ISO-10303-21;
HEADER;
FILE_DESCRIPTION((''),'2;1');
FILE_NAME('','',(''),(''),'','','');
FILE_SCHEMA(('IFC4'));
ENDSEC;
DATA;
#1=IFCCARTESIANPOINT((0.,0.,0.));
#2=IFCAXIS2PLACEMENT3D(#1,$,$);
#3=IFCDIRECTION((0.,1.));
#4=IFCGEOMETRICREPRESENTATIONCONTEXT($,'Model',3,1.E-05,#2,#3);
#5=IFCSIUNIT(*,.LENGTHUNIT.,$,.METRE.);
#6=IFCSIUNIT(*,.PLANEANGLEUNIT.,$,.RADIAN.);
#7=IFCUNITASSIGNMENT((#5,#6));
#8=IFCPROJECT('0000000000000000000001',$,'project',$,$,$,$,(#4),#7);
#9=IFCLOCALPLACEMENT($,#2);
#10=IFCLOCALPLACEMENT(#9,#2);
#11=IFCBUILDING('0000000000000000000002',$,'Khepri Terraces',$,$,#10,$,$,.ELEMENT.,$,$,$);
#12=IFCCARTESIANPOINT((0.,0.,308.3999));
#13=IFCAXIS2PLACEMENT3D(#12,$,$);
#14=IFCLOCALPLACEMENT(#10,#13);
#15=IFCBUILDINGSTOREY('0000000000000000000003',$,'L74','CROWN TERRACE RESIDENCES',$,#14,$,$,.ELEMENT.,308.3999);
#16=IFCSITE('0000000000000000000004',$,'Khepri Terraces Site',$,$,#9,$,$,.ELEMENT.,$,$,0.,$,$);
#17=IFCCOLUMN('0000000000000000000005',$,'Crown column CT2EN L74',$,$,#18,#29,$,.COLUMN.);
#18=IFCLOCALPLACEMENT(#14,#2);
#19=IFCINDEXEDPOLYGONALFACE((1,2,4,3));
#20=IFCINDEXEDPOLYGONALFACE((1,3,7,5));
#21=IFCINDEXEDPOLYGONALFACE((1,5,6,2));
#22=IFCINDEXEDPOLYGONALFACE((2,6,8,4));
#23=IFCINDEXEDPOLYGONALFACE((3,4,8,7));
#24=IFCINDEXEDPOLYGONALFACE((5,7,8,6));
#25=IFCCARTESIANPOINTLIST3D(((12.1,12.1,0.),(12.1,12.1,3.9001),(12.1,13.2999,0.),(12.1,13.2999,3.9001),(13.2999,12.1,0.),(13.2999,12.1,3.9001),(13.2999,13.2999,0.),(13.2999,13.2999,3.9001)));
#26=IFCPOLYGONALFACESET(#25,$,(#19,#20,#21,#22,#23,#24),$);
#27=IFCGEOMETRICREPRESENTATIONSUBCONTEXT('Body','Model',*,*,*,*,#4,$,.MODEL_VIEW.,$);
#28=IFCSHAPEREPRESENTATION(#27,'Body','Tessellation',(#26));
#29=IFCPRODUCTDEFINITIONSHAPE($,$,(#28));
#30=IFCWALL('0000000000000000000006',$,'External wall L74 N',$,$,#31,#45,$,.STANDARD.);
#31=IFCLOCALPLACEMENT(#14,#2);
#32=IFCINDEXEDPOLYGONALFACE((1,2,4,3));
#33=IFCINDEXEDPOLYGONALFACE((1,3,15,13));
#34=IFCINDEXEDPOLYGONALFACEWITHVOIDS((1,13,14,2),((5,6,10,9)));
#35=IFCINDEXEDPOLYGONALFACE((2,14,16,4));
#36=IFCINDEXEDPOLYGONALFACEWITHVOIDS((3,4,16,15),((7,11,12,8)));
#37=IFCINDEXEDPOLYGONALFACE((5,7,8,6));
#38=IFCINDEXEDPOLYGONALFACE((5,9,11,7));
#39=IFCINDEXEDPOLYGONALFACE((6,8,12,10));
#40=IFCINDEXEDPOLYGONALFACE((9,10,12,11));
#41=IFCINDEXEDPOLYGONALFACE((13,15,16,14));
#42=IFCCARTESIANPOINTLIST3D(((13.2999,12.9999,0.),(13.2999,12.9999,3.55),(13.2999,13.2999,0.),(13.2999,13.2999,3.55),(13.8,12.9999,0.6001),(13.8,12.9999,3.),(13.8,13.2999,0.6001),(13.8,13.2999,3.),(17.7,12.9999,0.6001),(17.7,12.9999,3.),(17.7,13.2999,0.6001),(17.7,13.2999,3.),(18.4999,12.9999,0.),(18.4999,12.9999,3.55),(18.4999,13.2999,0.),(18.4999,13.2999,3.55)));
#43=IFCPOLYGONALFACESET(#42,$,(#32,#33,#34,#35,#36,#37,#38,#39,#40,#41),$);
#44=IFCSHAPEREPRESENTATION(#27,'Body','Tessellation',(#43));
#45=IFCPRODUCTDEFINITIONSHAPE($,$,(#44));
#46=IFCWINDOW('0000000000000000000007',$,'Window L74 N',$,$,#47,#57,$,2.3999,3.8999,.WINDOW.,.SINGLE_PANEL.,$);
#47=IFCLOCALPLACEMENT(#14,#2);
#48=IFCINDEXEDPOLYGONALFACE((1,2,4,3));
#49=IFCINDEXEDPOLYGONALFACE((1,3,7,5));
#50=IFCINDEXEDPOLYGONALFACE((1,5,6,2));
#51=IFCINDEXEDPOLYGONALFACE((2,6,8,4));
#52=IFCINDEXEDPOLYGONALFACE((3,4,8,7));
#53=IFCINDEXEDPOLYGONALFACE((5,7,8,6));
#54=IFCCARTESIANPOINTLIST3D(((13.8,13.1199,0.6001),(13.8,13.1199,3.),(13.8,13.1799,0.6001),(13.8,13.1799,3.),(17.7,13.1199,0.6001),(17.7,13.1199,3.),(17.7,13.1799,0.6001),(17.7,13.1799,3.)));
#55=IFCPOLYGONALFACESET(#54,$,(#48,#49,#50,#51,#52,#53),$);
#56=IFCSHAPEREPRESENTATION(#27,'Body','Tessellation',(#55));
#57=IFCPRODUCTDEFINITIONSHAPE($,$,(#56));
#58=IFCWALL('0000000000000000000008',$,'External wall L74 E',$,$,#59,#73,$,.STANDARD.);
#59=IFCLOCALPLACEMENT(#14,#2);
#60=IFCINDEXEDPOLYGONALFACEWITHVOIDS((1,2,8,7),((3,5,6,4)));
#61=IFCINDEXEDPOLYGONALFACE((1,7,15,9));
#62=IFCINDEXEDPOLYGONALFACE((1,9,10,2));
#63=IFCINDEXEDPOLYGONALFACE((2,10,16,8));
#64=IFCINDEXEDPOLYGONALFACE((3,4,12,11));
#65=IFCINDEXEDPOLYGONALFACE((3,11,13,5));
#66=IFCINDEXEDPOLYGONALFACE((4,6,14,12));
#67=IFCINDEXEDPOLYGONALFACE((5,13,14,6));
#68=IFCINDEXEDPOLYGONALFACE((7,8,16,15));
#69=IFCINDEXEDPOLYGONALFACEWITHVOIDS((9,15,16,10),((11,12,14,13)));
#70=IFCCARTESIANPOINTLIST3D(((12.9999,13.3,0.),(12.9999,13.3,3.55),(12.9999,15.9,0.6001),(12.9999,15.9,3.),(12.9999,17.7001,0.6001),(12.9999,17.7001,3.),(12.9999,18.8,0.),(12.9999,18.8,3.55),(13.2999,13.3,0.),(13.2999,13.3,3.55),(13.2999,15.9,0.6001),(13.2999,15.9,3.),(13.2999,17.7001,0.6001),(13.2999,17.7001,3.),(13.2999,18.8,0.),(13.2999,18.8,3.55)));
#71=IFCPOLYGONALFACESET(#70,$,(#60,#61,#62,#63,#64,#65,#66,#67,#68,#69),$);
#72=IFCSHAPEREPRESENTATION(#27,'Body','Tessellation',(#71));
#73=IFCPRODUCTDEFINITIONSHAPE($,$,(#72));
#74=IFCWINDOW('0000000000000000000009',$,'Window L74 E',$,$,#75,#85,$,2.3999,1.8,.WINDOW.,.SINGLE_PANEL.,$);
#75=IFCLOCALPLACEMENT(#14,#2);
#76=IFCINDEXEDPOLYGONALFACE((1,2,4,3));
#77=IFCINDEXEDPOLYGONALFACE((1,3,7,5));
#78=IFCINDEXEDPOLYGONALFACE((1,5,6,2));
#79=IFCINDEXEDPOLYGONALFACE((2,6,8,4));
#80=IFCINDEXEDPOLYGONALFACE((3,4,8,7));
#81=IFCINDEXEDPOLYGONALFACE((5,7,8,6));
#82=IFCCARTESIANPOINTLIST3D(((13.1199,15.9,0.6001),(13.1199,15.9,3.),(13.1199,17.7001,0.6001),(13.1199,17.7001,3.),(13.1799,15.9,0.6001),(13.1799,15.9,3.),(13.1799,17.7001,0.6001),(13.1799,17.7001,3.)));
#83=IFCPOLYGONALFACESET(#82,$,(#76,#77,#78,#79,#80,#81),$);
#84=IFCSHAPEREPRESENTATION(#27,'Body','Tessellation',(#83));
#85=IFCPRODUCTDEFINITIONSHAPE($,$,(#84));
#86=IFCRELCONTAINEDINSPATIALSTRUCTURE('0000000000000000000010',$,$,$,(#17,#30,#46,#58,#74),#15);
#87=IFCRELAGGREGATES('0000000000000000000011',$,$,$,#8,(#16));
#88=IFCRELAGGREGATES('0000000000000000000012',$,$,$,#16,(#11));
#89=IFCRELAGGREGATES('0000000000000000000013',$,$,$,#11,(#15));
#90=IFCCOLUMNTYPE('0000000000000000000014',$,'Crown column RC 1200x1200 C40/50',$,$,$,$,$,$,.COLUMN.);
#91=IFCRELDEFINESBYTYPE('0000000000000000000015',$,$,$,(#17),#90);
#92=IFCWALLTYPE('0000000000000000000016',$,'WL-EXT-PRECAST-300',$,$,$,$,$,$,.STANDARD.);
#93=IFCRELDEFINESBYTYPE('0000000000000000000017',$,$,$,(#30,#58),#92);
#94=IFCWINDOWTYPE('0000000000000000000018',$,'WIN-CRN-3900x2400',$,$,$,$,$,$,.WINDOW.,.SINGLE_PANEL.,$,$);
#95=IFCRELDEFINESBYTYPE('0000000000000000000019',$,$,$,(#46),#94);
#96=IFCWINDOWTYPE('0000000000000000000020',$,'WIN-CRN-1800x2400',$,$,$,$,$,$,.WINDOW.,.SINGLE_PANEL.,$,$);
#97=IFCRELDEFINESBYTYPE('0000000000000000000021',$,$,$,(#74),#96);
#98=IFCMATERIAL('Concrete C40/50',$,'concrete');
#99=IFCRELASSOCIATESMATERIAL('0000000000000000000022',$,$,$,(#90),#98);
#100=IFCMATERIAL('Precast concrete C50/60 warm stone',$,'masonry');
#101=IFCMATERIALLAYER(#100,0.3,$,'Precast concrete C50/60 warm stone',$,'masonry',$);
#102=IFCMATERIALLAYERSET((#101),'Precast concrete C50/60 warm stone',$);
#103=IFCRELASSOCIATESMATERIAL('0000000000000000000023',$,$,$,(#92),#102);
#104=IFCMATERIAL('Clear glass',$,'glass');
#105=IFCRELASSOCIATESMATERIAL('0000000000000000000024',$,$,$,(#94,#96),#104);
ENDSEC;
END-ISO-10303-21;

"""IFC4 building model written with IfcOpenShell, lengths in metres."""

from ifc_helpers import new_model, si_unit, direction, frame, frame_2d, origin, origin_2d, place, context, subcontext, project, spatial, rectangle, extrude, material, layer, layer_set, material_profile, profile_set, type_object, element, fill, save


model = new_model("IFC4")

# Units and contexts
model_context = context("Model", 3, precision=1e-05, world=origin(), true_north=direction((0.0, 1.0)))
body_context = subcontext(model_context, "Body", "Model", "MODEL_VIEW")
ifc_project = project(units=[si_unit("LENGTHUNIT", "METRE"), si_unit("PLANEANGLEUNIT", "RADIAN")], contexts=[model_context])

# Site, building, storey
site_placement = place(None, origin())
site = spatial("IfcSite", under=ifc_project, at=site_placement, Name="Khepri Terraces Site", CompositionType="ELEMENT", RefElevation=0.0)
building_placement = place(site_placement, origin())
building = spatial("IfcBuilding", under=site, at=building_placement, Name="Khepri Terraces", CompositionType="ELEMENT")
storey_placement = place(building_placement, frame((0.0, 0.0, 308.3999)))
storey = spatial("IfcBuildingStorey", under=building, at=storey_placement, Name="L74", Description="CROWN TERRACE RESIDENCES", CompositionType="ELEMENT", Elevation=308.3999)

# Column
ifc_material_1 = material(Name="Concrete C40/50", Category="concrete")
ifc_material_profile = material_profile(ifc_material_1, rectangle(XDim=1.2, YDim=1.2, at=origin_2d()), Name="Concrete C40/50", Category="concrete")
ifc_profile_set = profile_set([ifc_material_profile], Name="Concrete C40/50")
column_type = type_object("IfcColumnType", Name="Crown column RC 1200x1200 C40/50", PredefinedType="COLUMN", material=ifc_profile_set)
column_placement = place(storey_placement, frame((12.7, 12.7, 0.0), z_axis=(0.0, 0.0, 1.0), x_axis=(1.0, 0.0, 0.0)))
element("IfcColumn", 1, at=column_placement, inside=storey, type_object=column_type, Name="Crown column CT2EN L74", PredefinedType="COLUMN", context=body_context, shape_type="SweptSolid", body=[
    extrude(rectangle(XDim=1.2, YDim=1.2, at=origin_2d()), origin(), (0.0, 0.0, 1.0), 3.9001),
])

# Walls, openings, windows
ifc_material_2 = material(Name="Precast concrete C50/60 warm stone", Category="masonry")
ifc_layer_1 = layer(ifc_material_2, 0.3, Name="Precast concrete C50/60 warm stone", Category="masonry")
ifc_layer_set_1 = layer_set([ifc_layer_1], Name="Precast concrete C50/60 warm stone")
wall_type_1 = type_object("IfcWallType", Name="WL-EXT-PRECAST-300", PredefinedType="STANDARD", material=ifc_layer_set_1)
wall_1_placement = place(storey_placement, frame((18.5, 13.1499, 0.0), z_axis=(0.0, 0.0, 1.0), x_axis=(-1.0, 0.0, 0.0)))
wall_1 = element("IfcWall", 2, at=wall_1_placement, inside=storey, type_object=wall_type_1, Name="External wall L74 N", PredefinedType="STANDARD", context=body_context, shape_type="SweptSolid", body=[
    extrude(rectangle(XDim=5.2, YDim=0.3, at=frame_2d((2.6001, 0.0))), origin(), (0.0, 0.0, 1.0), 3.55),
])
opening_1_placement = place(wall_1_placement, frame((0.8, 0.0, 0.6001)))
opening_1 = element("IfcOpeningElement", 3, at=opening_1_placement, cuts=wall_1, PredefinedType="OPENING", context=body_context, shape_type="SweptSolid", body=[
    extrude(rectangle(XDim=3.8999, YDim=2.3999, at=frame_2d((1.95, 1.2))), frame((0.0, 0.1602, 0.0), z_axis=(0.0, -1.0, 0.0), x_axis=(1.0, 0.0, 0.0)), (0.0, 0.0, 1.0), 0.3201),
])
ifc_material_3 = material(Name="Clear glass", Category="glass")
window_type_1 = type_object("IfcWindowType", Name="WIN-CRN-3900x2400", PartitioningType="SINGLE_PANEL", PredefinedType="WINDOW", material=ifc_material_3)
window_1_placement = place(opening_1_placement, origin())
window_1 = element("IfcWindow", 4, at=window_1_placement, inside=storey, type_object=window_type_1, Name="Window L74 N", OverallHeight=2.3999, OverallWidth=3.8999, PartitioningType="SINGLE_PANEL", PredefinedType="WINDOW", context=body_context, shape_type="SweptSolid", body=[
    extrude(rectangle(XDim=3.8999, YDim=2.3999, at=frame_2d((1.95, 1.2))), frame((0.0, 0.03, 0.0), z_axis=(0.0, -1.0, 0.0), x_axis=(1.0, 0.0, 0.0)), (0.0, 0.0, 1.0), 0.0601),
])
fill(opening_1, window_1)
wall_2_placement = place(storey_placement, frame((13.1499, 13.3, 0.0), z_axis=(0.0, 0.0, 1.0), x_axis=(0.0, 1.0, 0.0)))
wall_2 = element("IfcWall", 5, at=wall_2_placement, inside=storey, type_object=wall_type_1, Name="External wall L74 E", PredefinedType="STANDARD", context=body_context, shape_type="SweptSolid", body=[
    extrude(rectangle(XDim=5.5, YDim=0.3, at=frame_2d((2.75, 0.0))), origin(), (0.0, 0.0, 1.0), 3.55),
])
opening_2_placement = place(wall_2_placement, frame((2.6001, 0.0, 0.6001)))
opening_2 = element("IfcOpeningElement", 6, at=opening_2_placement, cuts=wall_2, PredefinedType="OPENING", context=body_context, shape_type="SweptSolid", body=[
    extrude(rectangle(XDim=1.8, YDim=2.3999, at=frame_2d((0.8999, 1.2))), frame((0.0, 0.1602, 0.0), z_axis=(0.0, -1.0, 0.0), x_axis=(1.0, 0.0, 0.0)), (0.0, 0.0, 1.0), 0.3201),
])
window_type_2 = type_object("IfcWindowType", Name="WIN-CRN-1800x2400", PartitioningType="SINGLE_PANEL", PredefinedType="WINDOW", material=ifc_material_3)
window_2_placement = place(opening_2_placement, origin())
window_2 = element("IfcWindow", 7, at=window_2_placement, inside=storey, type_object=window_type_2, Name="Window L74 E", OverallHeight=2.3999, OverallWidth=1.8, PartitioningType="SINGLE_PANEL", PredefinedType="WINDOW", context=body_context, shape_type="SweptSolid", body=[
    extrude(rectangle(XDim=1.8, YDim=2.3999, at=frame_2d((0.8999, 1.2))), frame((0.0, 0.03, 0.0), z_axis=(0.0, -1.0, 0.0), x_axis=(1.0, 0.0, 0.0)), (0.0, 0.0, 1.0), 0.0601),
])
fill(opening_2, window_2)

save(model, "model.ifc")
